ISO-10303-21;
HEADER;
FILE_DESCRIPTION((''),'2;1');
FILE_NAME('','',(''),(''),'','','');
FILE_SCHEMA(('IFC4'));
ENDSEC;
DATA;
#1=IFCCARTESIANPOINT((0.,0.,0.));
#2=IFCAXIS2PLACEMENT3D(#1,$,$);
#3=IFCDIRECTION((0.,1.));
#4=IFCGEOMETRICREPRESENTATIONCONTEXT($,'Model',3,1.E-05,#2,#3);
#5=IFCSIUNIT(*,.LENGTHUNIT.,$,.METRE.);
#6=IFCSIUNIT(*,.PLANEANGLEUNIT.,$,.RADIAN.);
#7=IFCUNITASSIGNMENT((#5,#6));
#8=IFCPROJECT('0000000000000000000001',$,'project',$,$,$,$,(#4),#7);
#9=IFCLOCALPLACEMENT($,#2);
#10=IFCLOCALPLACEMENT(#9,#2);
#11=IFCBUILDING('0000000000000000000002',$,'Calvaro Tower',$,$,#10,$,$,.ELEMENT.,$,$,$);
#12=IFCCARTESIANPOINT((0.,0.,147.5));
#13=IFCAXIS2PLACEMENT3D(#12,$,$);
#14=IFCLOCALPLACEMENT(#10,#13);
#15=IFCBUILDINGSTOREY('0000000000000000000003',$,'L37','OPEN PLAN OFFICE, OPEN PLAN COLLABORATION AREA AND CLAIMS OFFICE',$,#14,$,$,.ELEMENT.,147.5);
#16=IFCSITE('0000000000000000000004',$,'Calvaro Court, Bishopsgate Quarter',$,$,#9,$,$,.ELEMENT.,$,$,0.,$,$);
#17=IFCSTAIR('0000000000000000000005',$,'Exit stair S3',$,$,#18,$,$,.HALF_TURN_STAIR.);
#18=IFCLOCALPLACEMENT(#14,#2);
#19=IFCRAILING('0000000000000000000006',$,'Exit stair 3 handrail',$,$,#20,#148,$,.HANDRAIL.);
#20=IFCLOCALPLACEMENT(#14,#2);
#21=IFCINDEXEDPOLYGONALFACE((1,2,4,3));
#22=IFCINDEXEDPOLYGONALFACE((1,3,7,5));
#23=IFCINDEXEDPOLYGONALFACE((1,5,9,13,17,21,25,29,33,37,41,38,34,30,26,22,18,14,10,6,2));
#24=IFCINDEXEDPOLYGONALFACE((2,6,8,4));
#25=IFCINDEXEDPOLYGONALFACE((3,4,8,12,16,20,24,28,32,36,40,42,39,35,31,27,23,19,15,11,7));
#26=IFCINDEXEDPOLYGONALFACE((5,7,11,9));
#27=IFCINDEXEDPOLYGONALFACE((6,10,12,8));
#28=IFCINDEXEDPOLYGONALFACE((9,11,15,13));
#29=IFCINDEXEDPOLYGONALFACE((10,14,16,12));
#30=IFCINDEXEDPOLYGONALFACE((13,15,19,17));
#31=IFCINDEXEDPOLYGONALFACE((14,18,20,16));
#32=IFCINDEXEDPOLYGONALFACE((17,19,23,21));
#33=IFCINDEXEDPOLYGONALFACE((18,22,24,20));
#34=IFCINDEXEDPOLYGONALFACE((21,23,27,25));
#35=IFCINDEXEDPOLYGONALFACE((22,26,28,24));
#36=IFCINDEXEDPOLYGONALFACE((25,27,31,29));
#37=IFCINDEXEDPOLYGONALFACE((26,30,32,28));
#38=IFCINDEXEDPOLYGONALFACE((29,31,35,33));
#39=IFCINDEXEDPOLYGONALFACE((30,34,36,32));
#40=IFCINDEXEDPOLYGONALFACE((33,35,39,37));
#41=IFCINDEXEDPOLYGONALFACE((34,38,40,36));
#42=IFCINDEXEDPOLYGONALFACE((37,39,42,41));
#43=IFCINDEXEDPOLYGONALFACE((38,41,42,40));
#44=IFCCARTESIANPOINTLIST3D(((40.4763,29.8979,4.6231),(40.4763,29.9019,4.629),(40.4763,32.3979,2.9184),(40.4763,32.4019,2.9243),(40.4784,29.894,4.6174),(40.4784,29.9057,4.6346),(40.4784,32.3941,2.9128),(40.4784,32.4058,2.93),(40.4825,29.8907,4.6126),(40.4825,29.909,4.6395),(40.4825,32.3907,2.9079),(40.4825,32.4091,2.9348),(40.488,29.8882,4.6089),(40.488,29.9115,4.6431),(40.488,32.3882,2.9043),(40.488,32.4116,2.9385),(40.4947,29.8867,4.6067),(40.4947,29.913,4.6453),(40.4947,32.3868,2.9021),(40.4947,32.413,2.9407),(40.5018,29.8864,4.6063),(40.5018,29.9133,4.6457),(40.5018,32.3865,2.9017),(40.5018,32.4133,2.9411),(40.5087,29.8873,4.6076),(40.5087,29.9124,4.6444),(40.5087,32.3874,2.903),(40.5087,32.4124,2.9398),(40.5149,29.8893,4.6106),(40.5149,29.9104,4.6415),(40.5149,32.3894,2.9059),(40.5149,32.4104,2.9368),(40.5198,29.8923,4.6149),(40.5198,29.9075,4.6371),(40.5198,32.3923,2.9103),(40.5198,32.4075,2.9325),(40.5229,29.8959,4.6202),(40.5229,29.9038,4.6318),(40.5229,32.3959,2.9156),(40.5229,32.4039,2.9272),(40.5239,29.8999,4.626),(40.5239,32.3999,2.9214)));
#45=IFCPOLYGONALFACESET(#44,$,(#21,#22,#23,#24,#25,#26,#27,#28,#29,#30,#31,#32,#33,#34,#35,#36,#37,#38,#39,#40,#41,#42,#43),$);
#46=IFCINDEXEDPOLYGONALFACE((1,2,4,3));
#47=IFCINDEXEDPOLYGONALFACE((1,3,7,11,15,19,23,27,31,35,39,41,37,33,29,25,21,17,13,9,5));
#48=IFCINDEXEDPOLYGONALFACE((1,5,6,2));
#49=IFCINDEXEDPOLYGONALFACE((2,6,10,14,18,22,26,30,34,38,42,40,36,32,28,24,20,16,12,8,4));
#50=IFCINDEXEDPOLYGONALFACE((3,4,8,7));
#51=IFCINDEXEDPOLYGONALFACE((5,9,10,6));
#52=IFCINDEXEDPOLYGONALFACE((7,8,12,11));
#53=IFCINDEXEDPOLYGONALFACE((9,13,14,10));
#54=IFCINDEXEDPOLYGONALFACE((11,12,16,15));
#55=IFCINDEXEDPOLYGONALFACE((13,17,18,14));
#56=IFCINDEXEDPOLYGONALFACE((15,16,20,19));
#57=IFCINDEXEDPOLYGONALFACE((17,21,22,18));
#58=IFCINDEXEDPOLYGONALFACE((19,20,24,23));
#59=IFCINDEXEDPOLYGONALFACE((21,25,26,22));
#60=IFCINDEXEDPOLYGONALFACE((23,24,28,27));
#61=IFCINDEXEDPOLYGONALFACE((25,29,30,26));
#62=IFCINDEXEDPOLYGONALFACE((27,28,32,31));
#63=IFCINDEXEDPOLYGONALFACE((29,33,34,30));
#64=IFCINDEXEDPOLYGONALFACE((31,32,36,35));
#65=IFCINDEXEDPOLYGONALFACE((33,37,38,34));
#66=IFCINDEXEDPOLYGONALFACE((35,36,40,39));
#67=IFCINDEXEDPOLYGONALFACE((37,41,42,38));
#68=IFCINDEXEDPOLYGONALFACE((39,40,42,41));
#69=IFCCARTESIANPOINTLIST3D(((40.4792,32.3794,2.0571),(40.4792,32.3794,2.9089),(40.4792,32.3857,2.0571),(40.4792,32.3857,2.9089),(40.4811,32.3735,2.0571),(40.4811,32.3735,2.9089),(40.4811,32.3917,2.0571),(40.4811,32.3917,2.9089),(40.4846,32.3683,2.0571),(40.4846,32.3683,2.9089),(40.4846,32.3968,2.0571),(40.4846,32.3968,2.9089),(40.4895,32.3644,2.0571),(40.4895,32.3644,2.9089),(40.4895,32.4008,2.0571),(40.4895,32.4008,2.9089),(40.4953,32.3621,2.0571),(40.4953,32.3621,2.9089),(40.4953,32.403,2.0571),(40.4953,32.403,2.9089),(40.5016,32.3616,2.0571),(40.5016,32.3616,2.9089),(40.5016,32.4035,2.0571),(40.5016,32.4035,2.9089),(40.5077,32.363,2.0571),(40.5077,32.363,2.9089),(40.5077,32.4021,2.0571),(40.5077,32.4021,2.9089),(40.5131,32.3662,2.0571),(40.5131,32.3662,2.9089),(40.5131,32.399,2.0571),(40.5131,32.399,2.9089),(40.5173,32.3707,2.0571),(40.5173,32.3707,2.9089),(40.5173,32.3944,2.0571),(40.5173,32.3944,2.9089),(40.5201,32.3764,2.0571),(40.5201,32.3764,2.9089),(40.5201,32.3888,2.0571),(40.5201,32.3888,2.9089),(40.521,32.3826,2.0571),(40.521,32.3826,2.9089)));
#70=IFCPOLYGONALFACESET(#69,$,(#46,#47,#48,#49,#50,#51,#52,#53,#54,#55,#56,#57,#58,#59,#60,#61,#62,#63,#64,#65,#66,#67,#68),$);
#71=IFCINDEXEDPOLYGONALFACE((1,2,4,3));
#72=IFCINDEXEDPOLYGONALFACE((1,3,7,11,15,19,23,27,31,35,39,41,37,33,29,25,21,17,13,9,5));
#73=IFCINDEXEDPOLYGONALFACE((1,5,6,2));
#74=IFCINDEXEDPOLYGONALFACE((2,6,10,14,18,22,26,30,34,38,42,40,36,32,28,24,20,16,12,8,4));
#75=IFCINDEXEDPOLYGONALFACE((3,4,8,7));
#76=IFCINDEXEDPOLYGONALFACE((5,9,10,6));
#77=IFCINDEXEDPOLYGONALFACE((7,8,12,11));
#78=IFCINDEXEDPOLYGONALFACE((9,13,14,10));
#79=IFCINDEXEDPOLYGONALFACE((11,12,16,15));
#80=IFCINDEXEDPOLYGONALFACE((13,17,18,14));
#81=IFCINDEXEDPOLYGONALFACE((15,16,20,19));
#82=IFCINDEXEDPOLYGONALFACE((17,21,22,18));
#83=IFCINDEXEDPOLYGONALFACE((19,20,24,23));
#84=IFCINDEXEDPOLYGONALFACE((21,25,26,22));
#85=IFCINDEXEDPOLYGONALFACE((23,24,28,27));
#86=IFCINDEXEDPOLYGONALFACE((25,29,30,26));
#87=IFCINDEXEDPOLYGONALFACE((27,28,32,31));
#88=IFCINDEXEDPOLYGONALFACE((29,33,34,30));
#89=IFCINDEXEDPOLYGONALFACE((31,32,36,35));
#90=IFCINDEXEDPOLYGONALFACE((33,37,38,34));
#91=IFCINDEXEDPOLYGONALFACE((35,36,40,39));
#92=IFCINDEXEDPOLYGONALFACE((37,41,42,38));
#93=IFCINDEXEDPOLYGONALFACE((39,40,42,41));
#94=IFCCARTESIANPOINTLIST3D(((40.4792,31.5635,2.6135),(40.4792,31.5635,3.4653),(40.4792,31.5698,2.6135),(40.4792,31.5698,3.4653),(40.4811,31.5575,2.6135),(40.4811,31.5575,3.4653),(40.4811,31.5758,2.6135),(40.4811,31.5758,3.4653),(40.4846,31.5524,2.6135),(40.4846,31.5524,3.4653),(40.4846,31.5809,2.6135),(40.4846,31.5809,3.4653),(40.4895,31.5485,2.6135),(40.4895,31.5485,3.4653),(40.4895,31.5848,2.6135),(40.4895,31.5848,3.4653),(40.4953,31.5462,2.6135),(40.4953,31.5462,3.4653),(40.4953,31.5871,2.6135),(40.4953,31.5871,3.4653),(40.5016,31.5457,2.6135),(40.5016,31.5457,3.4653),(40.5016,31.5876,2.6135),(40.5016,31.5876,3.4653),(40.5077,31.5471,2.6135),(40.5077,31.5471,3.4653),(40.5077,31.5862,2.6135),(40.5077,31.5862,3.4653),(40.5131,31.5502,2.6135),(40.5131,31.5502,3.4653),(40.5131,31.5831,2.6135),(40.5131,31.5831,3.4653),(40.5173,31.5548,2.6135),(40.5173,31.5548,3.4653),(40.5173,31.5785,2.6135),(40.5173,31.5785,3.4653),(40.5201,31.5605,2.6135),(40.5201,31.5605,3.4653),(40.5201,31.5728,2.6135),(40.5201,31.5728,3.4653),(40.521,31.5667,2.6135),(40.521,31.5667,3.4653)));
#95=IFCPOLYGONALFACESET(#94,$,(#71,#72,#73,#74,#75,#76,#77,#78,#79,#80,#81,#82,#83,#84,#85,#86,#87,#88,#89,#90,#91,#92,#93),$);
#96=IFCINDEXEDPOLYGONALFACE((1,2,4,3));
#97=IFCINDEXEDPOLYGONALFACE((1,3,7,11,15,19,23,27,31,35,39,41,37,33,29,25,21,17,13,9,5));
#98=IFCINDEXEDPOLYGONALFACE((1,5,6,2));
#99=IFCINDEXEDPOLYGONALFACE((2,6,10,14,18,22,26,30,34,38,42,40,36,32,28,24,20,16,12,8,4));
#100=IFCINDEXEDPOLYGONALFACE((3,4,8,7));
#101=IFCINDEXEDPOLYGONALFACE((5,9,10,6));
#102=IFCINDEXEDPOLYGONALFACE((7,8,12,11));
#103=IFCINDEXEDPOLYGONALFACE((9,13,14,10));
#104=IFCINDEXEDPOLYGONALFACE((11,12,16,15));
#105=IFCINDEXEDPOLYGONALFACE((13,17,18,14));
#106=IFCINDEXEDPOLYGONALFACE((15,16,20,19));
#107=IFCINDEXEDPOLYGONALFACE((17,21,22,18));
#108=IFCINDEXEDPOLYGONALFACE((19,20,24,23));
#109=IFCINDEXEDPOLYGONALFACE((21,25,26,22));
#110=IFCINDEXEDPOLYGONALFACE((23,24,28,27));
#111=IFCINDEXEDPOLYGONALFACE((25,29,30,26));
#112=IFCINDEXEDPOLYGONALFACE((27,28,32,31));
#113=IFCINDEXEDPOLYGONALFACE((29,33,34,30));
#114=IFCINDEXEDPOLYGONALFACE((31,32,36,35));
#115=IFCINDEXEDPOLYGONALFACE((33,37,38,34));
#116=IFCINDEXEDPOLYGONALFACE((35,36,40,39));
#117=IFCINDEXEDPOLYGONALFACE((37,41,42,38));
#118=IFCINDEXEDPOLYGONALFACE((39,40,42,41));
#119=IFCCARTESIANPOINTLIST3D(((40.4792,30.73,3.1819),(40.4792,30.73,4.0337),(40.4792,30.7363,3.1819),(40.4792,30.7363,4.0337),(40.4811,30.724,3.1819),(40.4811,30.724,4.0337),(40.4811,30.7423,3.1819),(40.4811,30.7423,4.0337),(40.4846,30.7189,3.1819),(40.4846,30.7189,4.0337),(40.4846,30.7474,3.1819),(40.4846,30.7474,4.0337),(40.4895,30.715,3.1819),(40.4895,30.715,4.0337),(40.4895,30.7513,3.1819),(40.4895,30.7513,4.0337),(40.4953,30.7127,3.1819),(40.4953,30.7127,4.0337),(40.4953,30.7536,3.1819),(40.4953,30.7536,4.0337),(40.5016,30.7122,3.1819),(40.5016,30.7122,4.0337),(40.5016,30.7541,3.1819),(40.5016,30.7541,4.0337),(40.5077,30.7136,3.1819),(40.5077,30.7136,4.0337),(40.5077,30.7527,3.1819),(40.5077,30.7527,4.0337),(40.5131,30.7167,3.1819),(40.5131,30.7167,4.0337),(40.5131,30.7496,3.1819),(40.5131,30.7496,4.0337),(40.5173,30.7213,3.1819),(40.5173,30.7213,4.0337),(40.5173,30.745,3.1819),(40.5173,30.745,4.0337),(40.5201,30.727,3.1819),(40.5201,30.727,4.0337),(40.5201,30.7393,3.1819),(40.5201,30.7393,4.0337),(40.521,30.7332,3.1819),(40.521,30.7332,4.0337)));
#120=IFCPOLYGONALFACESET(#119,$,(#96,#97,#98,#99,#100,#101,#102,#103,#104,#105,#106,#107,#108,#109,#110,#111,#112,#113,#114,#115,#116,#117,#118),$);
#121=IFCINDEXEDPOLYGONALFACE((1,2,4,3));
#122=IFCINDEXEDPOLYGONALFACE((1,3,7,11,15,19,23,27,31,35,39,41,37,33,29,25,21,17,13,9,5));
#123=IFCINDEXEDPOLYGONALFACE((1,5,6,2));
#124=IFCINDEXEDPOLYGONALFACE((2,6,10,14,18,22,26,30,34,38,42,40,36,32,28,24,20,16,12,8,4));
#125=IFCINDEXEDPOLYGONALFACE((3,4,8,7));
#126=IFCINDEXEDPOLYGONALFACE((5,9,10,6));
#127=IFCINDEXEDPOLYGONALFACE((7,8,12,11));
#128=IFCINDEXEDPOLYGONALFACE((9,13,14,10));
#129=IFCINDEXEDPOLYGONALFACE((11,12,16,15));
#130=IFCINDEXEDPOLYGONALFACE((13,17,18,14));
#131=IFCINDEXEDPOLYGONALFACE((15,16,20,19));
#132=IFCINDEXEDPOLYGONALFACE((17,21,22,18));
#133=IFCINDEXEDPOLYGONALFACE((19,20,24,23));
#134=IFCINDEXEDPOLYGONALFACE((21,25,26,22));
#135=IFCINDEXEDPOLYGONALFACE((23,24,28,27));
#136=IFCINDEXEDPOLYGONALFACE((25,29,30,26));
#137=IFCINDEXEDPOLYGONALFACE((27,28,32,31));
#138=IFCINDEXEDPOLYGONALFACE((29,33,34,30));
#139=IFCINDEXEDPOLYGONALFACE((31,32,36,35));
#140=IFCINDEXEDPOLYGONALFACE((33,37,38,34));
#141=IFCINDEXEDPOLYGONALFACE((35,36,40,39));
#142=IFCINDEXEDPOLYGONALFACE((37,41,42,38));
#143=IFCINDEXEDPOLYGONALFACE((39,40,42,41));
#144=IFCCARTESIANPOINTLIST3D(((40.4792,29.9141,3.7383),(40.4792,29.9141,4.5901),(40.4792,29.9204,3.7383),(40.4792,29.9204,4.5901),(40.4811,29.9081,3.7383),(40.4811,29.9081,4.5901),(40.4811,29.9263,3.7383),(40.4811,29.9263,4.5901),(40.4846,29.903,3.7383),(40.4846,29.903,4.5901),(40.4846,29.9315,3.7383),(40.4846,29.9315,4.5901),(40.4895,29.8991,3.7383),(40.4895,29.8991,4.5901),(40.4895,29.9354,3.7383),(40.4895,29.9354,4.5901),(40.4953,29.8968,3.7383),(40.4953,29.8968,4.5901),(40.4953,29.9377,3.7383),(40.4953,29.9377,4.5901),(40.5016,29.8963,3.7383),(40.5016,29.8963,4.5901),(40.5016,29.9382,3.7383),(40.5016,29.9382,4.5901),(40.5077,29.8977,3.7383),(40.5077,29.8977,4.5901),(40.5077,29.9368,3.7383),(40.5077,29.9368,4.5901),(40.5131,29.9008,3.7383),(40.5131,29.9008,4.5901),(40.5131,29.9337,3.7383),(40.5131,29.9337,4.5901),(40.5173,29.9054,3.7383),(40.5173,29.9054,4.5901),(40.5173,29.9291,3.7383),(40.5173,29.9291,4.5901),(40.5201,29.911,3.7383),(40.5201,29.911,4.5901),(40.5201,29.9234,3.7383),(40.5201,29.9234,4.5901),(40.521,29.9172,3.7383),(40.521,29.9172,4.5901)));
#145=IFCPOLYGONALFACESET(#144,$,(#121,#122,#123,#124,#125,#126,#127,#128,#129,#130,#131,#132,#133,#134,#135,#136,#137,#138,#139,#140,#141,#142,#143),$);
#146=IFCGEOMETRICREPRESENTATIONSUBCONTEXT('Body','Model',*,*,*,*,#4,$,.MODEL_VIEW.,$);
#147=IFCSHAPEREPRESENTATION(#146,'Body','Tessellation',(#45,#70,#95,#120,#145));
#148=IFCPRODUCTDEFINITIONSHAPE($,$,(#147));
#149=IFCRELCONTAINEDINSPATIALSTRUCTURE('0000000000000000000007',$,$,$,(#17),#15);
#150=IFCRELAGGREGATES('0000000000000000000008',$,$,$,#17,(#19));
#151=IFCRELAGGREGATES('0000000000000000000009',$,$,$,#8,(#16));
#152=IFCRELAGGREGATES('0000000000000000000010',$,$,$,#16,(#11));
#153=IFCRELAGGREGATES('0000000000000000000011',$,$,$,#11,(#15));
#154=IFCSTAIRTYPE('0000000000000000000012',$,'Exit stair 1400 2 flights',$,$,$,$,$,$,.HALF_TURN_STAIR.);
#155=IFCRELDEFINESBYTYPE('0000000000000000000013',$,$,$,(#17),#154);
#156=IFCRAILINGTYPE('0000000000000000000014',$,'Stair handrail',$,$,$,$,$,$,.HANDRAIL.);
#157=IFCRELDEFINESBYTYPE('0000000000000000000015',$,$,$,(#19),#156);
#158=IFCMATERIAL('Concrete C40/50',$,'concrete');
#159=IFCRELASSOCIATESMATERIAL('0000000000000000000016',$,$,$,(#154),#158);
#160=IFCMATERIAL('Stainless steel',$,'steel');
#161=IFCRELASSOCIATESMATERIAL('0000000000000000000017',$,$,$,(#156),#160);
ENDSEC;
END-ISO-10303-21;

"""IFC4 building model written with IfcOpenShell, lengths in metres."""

from ifc_helpers import new_model, si_unit, direction, frame, origin, origin_2d, place, context, subcontext, project, spatial, circle, extrude, material, type_object, element, aggregate, save


model = new_model("IFC4")

# Units and contexts
model_context = context("Model", 3, precision=1e-05, world=origin(), true_north=direction((0.0, 1.0)))
body_context = subcontext(model_context, "Body", "Model", "MODEL_VIEW")
ifc_project = project(units=[si_unit("LENGTHUNIT", "METRE"), si_unit("PLANEANGLEUNIT", "RADIAN")], contexts=[model_context])

# Site, building, storey
site_placement = place(None, origin())
site = spatial("IfcSite", under=ifc_project, at=site_placement, Name="Calvaro Court, Bishopsgate Quarter", CompositionType="ELEMENT", RefElevation=0.0)
building_placement = place(site_placement, origin())
building = spatial("IfcBuilding", under=site, at=building_placement, Name="Calvaro Tower", CompositionType="ELEMENT")
storey_placement = place(building_placement, frame((0.0, 0.0, 147.5)))
storey = spatial("IfcBuildingStorey", under=building, at=storey_placement, Name="L37", Description="OPEN PLAN OFFICE, OPEN PLAN COLLABORATION AREA AND CLAIMS OFFICE", CompositionType="ELEMENT", Elevation=147.5)

# Stair
ifc_material_1 = material(Name="Concrete C40/50", Category="concrete")
stair_type = type_object("IfcStairType", Name="Exit stair 1400 2 flights", PredefinedType="HALF_TURN_STAIR", material=ifc_material_1)
stair_1_placement = place(storey_placement, origin())
stair_1 = element("IfcStair", 1, at=stair_1_placement, inside=storey, type_object=stair_type, Name="Exit stair S3", PredefinedType="HALF_TURN_STAIR")

# Railing
ifc_material_2 = material(Name="Stainless steel", Category="steel")
railing_type = type_object("IfcRailingType", Name="Stair handrail", PredefinedType="HANDRAIL", material=ifc_material_2)
railing_1_placement = place(storey_placement, frame((40.5, 32.3999, 2.0454)))
railing_1 = element("IfcRailing", 2, at=railing_1_placement, type_object=railing_type, Name="Exit stair 3 handrail", PredefinedType="HANDRAIL", context=body_context, shape_type="SweptSolid", body=[
    extrude(circle(Radius=0.0239, at=origin_2d()), frame((0.0, 0.0, 0.876), z_axis=(0.0, -0.826221, 0.563347), x_axis=(1.0, 0.0, 0.0)), (0.0, 0.0, 1.0), 3.0259),
    extrude(circle(Radius=0.021, at=origin_2d()), frame((0.0, -0.0173, 0.0117)), (0.0, 0.0, 1.0), 0.8518),
    extrude(circle(Radius=0.021, at=origin_2d()), frame((0.0, -0.8333, 0.5681)), (0.0, 0.0, 1.0), 0.8518),
    extrude(circle(Radius=0.021, at=origin_2d()), frame((0.0, -1.6667, 1.1365)), (0.0, 0.0, 1.0), 0.8518),
    extrude(circle(Radius=0.021, at=origin_2d()), frame((0.0, -2.4827, 1.6929)), (0.0, 0.0, 1.0), 0.8518),
])
aggregate(stair_1, [railing_1])

save(model, "model.ifc")
